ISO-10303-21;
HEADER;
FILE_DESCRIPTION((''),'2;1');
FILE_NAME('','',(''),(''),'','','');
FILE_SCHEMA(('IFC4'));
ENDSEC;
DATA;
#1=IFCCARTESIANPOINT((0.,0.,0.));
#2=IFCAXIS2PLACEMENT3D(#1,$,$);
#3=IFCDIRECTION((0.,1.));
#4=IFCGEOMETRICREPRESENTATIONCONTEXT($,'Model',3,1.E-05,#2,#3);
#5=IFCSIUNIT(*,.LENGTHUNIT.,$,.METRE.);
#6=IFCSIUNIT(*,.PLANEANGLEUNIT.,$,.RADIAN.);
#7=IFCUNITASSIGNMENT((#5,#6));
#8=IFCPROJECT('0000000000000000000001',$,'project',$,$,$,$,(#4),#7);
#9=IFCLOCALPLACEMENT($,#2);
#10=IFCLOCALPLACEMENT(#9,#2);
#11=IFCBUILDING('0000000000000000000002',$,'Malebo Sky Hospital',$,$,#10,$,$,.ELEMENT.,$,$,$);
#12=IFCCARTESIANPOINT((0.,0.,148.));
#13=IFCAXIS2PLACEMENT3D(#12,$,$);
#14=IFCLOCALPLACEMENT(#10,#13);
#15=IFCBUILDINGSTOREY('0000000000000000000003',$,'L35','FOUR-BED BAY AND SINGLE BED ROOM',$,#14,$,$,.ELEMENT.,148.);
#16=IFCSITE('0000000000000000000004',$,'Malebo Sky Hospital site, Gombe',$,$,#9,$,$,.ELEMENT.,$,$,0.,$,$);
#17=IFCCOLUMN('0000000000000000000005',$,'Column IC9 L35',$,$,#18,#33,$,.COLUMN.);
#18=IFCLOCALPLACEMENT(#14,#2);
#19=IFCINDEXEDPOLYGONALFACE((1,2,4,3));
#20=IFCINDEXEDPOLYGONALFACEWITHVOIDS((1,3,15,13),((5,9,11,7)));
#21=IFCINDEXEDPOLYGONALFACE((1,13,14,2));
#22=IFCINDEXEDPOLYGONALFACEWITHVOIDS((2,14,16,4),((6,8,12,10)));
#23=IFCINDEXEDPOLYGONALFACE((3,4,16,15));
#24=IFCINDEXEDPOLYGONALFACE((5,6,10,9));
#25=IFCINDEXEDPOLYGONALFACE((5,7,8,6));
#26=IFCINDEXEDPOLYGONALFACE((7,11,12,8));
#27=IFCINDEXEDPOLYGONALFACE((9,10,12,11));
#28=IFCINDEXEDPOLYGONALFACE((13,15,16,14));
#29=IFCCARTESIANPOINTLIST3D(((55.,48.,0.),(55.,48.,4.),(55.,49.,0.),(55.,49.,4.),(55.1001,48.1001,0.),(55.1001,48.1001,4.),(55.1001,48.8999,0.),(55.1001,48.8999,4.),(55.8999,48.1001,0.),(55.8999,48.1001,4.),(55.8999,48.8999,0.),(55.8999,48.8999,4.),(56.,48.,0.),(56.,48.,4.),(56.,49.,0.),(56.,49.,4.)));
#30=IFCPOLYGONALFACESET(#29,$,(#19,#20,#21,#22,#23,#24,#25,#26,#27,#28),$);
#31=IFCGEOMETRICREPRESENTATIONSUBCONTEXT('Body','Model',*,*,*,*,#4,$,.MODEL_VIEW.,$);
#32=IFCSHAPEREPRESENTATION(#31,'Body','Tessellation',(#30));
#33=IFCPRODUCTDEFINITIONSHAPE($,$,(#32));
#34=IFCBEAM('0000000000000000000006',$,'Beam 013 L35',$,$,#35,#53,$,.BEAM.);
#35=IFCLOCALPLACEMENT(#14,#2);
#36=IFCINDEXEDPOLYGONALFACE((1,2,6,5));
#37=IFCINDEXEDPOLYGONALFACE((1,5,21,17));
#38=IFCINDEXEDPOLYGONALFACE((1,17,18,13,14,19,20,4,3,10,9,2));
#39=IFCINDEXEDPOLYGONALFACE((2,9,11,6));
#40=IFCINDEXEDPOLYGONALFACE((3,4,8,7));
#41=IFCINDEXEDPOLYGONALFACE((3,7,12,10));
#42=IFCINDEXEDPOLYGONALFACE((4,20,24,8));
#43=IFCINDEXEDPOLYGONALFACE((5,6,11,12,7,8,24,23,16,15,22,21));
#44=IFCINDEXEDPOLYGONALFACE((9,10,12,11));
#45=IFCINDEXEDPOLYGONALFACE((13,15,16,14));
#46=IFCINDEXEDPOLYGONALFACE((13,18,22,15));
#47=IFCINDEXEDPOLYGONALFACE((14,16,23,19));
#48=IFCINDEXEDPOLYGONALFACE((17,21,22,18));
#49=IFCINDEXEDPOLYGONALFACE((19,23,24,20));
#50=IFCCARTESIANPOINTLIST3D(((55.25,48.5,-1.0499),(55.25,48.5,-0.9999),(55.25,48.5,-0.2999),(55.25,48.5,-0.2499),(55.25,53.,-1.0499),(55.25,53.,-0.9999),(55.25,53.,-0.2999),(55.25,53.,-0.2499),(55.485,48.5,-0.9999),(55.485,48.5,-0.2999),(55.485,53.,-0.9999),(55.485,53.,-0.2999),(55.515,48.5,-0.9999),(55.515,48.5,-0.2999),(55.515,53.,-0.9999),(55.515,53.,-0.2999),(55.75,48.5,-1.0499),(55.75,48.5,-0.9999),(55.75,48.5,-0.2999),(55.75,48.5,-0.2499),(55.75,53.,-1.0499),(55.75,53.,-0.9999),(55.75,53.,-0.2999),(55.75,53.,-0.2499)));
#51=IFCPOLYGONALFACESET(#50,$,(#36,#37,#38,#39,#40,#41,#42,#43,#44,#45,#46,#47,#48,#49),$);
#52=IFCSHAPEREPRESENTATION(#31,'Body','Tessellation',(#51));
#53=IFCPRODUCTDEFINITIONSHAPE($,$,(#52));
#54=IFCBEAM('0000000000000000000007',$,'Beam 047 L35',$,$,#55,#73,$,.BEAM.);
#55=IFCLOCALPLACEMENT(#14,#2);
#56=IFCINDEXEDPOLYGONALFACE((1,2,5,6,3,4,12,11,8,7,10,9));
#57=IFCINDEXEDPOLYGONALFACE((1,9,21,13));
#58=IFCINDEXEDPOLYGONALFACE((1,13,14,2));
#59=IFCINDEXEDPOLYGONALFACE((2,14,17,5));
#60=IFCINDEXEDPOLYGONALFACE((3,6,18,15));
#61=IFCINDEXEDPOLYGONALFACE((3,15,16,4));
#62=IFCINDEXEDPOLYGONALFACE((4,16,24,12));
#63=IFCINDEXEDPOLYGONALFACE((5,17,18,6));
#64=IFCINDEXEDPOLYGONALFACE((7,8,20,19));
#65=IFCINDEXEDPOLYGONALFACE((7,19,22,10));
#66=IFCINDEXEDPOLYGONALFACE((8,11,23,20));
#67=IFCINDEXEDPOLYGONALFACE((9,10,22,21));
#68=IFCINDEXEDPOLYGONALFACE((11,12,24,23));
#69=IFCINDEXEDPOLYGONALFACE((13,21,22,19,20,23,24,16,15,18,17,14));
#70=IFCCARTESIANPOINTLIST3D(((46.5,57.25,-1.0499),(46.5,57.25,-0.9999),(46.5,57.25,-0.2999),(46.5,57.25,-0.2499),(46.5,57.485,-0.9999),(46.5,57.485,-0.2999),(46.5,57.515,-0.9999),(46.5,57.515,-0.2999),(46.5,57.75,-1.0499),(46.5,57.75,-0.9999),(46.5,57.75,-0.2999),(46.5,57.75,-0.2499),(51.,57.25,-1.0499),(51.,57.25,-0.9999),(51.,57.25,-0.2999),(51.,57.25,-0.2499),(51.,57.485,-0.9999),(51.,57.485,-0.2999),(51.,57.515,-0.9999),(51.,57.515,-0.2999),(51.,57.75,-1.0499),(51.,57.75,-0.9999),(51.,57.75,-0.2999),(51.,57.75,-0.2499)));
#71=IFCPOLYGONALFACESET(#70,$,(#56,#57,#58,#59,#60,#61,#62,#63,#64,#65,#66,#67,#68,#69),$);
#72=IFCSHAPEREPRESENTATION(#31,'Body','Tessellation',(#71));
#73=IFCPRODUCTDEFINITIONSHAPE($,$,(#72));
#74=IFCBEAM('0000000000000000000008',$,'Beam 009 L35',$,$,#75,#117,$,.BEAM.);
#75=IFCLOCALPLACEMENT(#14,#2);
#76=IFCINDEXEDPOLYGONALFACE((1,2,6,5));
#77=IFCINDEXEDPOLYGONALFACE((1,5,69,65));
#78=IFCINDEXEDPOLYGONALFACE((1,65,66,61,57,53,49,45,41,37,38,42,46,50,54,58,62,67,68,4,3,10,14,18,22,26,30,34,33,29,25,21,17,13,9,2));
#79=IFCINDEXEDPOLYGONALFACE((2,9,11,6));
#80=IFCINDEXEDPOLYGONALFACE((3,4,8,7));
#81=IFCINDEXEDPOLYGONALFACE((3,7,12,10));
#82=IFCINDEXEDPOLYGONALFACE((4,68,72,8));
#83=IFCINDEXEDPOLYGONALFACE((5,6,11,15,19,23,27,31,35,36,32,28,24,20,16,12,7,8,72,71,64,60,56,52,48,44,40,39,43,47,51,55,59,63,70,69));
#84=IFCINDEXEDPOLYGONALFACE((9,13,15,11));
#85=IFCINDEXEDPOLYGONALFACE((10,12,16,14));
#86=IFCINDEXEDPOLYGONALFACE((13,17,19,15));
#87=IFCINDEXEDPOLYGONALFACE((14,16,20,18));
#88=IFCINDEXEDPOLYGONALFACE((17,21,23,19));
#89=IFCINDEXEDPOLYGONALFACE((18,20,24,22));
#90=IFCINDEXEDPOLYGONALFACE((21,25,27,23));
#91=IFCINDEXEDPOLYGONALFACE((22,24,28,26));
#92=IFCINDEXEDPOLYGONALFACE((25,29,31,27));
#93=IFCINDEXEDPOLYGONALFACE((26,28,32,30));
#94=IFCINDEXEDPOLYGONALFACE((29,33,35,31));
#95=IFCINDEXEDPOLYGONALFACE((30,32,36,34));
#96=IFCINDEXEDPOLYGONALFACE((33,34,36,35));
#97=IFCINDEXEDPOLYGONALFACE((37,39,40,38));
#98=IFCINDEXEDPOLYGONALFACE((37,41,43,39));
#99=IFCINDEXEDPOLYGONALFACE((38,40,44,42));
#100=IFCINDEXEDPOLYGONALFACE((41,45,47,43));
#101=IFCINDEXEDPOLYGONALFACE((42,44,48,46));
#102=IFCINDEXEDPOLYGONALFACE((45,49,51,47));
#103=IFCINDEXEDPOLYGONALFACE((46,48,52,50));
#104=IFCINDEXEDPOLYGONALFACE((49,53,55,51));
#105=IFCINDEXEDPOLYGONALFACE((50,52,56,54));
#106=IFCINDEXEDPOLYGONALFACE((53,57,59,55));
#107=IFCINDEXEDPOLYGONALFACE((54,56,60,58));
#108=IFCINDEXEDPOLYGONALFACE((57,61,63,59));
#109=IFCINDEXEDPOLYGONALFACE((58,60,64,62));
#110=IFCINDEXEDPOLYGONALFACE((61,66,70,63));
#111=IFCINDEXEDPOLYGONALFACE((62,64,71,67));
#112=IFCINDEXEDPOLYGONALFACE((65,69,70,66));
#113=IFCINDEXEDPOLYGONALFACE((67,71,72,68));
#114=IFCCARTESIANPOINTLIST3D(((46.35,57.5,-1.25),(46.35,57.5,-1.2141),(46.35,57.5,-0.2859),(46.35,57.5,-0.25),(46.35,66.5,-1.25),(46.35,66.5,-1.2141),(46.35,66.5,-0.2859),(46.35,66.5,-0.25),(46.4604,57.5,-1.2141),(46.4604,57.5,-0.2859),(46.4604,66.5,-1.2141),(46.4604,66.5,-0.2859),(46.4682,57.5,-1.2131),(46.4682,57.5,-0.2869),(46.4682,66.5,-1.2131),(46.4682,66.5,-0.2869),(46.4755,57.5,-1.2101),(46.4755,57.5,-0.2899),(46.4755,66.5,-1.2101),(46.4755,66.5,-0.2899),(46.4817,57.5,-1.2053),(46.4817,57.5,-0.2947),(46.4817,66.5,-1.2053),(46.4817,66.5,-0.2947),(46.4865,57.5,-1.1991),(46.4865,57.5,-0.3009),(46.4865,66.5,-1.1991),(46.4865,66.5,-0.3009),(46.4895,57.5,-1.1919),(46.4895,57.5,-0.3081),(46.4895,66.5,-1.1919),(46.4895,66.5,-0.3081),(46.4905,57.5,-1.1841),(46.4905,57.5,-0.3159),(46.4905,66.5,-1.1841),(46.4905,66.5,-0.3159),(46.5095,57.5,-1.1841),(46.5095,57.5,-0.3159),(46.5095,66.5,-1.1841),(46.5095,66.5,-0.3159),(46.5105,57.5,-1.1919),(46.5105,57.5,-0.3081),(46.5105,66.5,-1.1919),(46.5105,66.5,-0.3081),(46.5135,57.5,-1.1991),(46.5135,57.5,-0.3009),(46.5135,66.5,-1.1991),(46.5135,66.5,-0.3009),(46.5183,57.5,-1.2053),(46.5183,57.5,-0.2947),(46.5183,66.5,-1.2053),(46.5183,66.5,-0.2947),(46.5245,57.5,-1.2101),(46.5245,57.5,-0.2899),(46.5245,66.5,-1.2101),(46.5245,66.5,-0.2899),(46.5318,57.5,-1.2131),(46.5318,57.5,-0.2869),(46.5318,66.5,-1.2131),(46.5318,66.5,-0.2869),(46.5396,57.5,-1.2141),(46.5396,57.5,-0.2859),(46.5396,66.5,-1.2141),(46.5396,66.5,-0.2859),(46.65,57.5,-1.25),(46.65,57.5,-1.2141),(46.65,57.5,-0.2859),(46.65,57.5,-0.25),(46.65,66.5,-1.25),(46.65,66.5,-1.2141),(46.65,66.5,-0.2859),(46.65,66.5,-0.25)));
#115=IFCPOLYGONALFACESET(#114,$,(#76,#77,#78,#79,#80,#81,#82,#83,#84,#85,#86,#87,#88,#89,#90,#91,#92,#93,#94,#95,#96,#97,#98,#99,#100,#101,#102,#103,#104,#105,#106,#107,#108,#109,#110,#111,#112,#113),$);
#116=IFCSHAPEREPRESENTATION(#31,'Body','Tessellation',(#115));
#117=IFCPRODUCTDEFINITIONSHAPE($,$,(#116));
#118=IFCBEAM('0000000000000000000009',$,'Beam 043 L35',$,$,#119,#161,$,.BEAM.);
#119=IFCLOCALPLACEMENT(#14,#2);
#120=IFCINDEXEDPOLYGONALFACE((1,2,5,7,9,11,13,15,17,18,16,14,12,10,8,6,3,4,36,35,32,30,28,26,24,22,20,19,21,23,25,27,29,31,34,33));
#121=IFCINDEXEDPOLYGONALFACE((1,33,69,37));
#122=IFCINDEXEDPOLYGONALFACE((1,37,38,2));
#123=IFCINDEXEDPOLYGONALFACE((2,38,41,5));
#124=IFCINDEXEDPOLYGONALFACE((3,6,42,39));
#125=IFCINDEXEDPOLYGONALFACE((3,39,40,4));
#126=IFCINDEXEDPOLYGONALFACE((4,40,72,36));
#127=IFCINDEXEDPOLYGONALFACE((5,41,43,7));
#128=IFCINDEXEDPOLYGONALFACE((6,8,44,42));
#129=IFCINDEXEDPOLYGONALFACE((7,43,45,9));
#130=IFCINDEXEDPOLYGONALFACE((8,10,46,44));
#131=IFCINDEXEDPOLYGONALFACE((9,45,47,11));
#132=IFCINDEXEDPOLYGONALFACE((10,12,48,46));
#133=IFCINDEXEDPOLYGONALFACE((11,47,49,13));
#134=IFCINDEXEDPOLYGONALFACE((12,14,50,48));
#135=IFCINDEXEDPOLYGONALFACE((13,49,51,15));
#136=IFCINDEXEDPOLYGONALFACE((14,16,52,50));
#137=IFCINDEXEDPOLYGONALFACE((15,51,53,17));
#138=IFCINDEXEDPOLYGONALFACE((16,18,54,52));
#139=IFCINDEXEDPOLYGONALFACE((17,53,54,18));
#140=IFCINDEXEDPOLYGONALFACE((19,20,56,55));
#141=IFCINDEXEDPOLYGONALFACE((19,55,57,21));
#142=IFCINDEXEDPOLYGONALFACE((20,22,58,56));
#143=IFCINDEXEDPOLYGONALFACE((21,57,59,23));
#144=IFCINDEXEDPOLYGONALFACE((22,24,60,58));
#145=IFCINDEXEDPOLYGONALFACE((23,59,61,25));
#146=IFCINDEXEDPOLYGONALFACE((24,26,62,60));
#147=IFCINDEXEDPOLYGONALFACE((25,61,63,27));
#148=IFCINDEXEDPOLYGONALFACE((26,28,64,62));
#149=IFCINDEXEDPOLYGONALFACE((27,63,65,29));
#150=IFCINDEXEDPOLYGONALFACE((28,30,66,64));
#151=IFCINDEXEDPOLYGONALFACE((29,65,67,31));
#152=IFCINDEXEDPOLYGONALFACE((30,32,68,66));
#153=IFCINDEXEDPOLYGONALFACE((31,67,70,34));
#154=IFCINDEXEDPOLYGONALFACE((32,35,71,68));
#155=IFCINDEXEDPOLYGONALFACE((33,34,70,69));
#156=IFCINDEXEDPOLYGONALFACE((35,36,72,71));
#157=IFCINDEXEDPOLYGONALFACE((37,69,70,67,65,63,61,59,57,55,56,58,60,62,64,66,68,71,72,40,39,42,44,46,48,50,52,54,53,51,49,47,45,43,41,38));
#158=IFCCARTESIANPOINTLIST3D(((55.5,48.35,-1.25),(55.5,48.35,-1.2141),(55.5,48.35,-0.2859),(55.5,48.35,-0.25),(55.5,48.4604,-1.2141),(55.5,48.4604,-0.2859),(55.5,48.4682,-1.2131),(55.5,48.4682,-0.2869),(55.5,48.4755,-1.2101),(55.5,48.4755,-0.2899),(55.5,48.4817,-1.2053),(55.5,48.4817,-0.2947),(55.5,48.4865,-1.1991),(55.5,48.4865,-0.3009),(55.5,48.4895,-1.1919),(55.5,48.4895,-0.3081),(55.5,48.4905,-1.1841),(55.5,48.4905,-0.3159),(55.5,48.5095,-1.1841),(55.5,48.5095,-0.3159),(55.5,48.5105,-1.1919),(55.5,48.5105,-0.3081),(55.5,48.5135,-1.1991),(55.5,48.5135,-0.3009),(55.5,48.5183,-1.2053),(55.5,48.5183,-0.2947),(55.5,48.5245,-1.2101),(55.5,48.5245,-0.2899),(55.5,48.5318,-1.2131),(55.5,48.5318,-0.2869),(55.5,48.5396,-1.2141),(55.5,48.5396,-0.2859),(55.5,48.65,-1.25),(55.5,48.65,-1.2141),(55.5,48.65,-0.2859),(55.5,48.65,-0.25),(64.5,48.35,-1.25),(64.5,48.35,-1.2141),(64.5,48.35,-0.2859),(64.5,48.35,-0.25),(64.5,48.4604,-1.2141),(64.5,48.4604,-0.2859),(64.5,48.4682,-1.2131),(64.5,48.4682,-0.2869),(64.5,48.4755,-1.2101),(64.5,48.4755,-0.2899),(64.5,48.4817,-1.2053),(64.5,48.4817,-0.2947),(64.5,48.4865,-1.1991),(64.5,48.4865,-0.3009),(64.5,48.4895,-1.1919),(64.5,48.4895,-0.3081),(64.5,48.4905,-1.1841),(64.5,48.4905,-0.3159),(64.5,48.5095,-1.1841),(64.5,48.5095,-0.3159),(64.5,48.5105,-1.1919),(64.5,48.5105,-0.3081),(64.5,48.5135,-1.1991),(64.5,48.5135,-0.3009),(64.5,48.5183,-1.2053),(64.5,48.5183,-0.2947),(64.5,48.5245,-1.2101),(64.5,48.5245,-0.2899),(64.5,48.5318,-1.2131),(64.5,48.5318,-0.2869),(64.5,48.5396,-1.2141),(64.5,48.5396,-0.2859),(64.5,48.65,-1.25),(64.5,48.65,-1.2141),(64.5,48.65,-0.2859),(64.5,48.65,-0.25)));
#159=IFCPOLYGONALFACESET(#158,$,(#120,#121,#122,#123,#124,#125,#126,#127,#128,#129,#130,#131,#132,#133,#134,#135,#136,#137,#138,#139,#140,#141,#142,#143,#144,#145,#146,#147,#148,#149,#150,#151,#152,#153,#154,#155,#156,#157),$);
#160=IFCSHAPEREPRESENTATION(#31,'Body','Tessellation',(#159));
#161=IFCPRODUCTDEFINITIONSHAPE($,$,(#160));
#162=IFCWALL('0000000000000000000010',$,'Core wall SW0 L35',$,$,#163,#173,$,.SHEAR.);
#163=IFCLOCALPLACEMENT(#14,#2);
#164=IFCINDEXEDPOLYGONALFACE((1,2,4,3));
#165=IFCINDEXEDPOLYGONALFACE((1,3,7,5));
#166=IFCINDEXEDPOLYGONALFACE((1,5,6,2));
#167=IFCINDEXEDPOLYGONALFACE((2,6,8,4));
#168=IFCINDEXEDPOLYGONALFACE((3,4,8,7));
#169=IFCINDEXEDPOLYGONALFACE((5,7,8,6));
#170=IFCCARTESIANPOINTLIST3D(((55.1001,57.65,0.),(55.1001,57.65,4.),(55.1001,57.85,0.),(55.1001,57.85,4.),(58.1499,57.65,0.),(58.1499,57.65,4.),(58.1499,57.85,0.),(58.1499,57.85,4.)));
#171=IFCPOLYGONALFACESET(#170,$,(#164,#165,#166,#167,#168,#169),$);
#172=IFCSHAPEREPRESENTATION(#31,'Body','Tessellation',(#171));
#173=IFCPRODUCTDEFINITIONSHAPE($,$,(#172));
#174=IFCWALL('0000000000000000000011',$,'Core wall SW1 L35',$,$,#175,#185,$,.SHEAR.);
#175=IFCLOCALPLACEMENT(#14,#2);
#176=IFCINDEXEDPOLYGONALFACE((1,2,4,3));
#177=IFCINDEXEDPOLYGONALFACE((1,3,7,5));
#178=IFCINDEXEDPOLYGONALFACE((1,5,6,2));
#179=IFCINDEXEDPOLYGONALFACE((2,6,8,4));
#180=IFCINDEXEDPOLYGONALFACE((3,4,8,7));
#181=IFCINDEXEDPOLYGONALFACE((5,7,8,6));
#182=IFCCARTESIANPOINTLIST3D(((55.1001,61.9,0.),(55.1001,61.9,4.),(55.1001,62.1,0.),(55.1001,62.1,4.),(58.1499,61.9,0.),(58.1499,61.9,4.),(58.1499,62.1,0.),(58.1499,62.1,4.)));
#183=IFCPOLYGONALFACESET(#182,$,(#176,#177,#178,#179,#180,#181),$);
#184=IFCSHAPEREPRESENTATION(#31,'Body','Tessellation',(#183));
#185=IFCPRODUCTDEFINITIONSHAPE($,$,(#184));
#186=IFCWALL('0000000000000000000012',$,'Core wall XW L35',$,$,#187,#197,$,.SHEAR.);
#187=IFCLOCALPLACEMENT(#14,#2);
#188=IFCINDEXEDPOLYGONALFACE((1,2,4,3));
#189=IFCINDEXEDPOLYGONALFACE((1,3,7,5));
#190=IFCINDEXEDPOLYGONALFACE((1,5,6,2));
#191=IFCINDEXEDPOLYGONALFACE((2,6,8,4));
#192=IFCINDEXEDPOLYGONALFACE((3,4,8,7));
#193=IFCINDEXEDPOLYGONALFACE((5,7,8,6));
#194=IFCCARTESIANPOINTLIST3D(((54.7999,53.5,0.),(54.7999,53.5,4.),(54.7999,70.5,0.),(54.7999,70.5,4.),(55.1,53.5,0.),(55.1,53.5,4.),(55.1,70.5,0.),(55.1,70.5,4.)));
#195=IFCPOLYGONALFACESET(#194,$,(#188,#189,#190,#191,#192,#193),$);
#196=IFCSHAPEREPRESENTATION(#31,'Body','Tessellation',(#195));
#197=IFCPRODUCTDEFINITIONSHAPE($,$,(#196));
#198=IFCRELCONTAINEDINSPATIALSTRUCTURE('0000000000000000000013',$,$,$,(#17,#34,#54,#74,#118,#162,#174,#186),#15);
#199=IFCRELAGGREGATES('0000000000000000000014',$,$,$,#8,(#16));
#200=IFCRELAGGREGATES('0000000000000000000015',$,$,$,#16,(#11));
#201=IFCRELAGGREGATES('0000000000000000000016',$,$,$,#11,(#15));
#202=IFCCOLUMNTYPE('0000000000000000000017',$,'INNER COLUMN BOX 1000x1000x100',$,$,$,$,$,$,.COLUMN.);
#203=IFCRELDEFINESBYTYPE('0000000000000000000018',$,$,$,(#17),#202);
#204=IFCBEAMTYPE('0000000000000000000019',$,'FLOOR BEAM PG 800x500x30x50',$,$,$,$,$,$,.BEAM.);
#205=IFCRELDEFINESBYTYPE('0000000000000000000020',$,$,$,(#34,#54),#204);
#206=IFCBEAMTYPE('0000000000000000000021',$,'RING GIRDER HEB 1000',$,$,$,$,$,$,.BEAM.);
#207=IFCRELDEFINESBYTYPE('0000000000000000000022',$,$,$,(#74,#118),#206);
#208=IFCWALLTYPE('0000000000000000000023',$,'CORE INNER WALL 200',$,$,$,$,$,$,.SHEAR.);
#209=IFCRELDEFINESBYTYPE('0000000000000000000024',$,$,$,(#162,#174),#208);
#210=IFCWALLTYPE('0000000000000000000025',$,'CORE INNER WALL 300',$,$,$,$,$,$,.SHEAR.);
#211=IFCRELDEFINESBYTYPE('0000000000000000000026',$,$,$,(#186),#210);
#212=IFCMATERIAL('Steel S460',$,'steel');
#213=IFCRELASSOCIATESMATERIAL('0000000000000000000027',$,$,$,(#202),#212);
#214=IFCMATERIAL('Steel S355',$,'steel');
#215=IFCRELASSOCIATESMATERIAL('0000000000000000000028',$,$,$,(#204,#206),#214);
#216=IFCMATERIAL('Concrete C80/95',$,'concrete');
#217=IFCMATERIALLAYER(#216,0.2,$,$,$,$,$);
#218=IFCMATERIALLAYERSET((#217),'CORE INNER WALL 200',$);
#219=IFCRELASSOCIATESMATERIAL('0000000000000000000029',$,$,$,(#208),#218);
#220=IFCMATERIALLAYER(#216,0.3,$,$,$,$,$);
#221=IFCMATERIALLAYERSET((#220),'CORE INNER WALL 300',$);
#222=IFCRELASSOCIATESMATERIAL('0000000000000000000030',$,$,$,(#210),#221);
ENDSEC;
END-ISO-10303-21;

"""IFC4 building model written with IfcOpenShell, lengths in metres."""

from ifc_helpers import new_model, si_unit, direction, frame, frame_2d, origin, origin_2d, place, context, subcontext, project, spatial, rectangle, hollow_rectangle, i_section, extrude, material, layer, layer_set, material_profile, profile_set, type_object, element, save


model = new_model("IFC4")

# Units and contexts
model_context = context("Model", 3, precision=1e-05, world=origin(), true_north=direction((0.0, 1.0)))
body_context = subcontext(model_context, "Body", "Model", "MODEL_VIEW")
ifc_project = project(units=[si_unit("LENGTHUNIT", "METRE"), si_unit("PLANEANGLEUNIT", "RADIAN")], contexts=[model_context])

# Site, building, storey
site_placement = place(None, origin())
site = spatial("IfcSite", under=ifc_project, at=site_placement, Name="Malebo Sky Hospital site, Gombe", CompositionType="ELEMENT", RefElevation=0.0)
building_placement = place(site_placement, origin())
building = spatial("IfcBuilding", under=site, at=building_placement, Name="Malebo Sky Hospital", CompositionType="ELEMENT")
storey_placement = place(building_placement, frame((0.0, 0.0, 148.0)))
storey = spatial("IfcBuildingStorey", under=building, at=storey_placement, Name="L35", Description="FOUR-BED BAY AND SINGLE BED ROOM", CompositionType="ELEMENT", Elevation=148.0)

# Column
ifc_material_1 = material(Name="Steel S460", Category="steel")
ifc_material_profile_1 = material_profile(ifc_material_1, hollow_rectangle(XDim=1.0, YDim=1.0, WallThickness=0.1001, at=origin_2d()), Name="BOX 1000x1000x100")
ifc_profile_set_1 = profile_set([ifc_material_profile_1], Name="Steel S460")
column_type = type_object("IfcColumnType", Name="INNER COLUMN BOX 1000x1000x100", PredefinedType="COLUMN", material=ifc_profile_set_1)
column_placement = place(storey_placement, frame((55.5, 48.5, 0.0), z_axis=(0.0, 0.0, 1.0), x_axis=(1.0, 0.0, 0.0)))
element("IfcColumn", 1, at=column_placement, inside=storey, type_object=column_type, Name="Column IC9 L35", PredefinedType="COLUMN", context=body_context, shape_type="SweptSolid", body=[
    extrude(hollow_rectangle(XDim=1.0, YDim=1.0, WallThickness=0.1001, at=origin_2d()), origin(), (0.0, 0.0, 1.0), 4.0),
])

# Beams
ifc_material_2 = material(Name="Steel S355", Category="steel")
ifc_material_profile_2 = material_profile(ifc_material_2, i_section(OverallWidth=0.5, OverallDepth=0.8, WebThickness=0.03, FlangeThickness=0.05, at=origin_2d()), Name="PG 800x500x30x50")
ifc_profile_set_2 = profile_set([ifc_material_profile_2], Name="Steel S355")
beam_type_1 = type_object("IfcBeamType", Name="FLOOR BEAM PG 800x500x30x50", PredefinedType="BEAM", material=ifc_profile_set_2)
for number, where, z_axis, x_axis, name in (
    (2, (55.5, 48.5, -0.6499), (0.0, 1.0, 0.0), (-1.0, 0.0, 0.0), "Beam 013 L35"),
    (3, (46.5, 57.5, -0.6499), (1.0, 0.0, 0.0), (0.0, 1.0, 0.0), "Beam 047 L35"),
):
    element("IfcBeam", number, at=place(storey_placement, frame(where, z_axis=z_axis, x_axis=x_axis)), inside=storey, type_object=beam_type_1, Name=name, PredefinedType="BEAM", context=body_context, shape_type="SweptSolid", body=[
        extrude(i_section(OverallWidth=0.5, OverallDepth=0.8, WebThickness=0.03, FlangeThickness=0.05, at=origin_2d()), origin(), (0.0, 0.0, 1.0), 4.5),
    ])
ifc_material_profile_3 = material_profile(ifc_material_2, i_section(OverallWidth=0.3, OverallDepth=1.0, WebThickness=0.019, FlangeThickness=0.0359, FilletRadius=0.03, at=origin_2d()), Name="HEB 1000")
ifc_profile_set_3 = profile_set([ifc_material_profile_3], Name="Steel S355")
beam_type_2 = type_object("IfcBeamType", Name="RING GIRDER HEB 1000", PredefinedType="BEAM", material=ifc_profile_set_3)
for number, where, z_axis, x_axis, name in (
    (4, (46.5, 57.5, -0.75), (0.0, 1.0, 0.0), (-1.0, 0.0, 0.0), "Beam 009 L35"),
    (5, (55.5, 48.5, -0.75), (1.0, 0.0, 0.0), (0.0, 1.0, 0.0), "Beam 043 L35"),
):
    element("IfcBeam", number, at=place(storey_placement, frame(where, z_axis=z_axis, x_axis=x_axis)), inside=storey, type_object=beam_type_2, Name=name, PredefinedType="BEAM", context=body_context, shape_type="SweptSolid", body=[
        extrude(i_section(OverallWidth=0.3, OverallDepth=1.0, WebThickness=0.019, FlangeThickness=0.0359, FilletRadius=0.03, at=origin_2d()), origin(), (0.0, 0.0, 1.0), 9.0),
    ])

# Walls
ifc_material_3 = material(Name="Concrete C80/95", Category="concrete")
ifc_layer_1 = layer(ifc_material_3, 0.2)
ifc_layer_set_1 = layer_set([ifc_layer_1], Name="CORE INNER WALL 200")
wall_type_1 = type_object("IfcWallType", Name="CORE INNER WALL 200", PredefinedType="SHEAR", material=ifc_layer_set_1)
for number, where, z_axis, x_axis, name in (
    (6, (55.1001, 57.75, 0.0), (0.0, 0.0, 1.0), (1.0, 0.0, 0.0), "Core wall SW0 L35"),
    (7, (55.1001, 62.0, 0.0), (0.0, 0.0, 1.0), (1.0, 0.0, 0.0), "Core wall SW1 L35"),
):
    element("IfcWall", number, at=place(storey_placement, frame(where, z_axis=z_axis, x_axis=x_axis)), inside=storey, type_object=wall_type_1, Name=name, PredefinedType="SHEAR", context=body_context, shape_type="SweptSolid", body=[
        extrude(rectangle(XDim=3.0498, YDim=0.2, at=frame_2d((1.5249, 0.0))), origin(), (0.0, 0.0, 1.0), 4.0),
    ])
ifc_layer_2 = layer(ifc_material_3, 0.3)
ifc_layer_set_2 = layer_set([ifc_layer_2], Name="CORE INNER WALL 300")
wall_type_2 = type_object("IfcWallType", Name="CORE INNER WALL 300", PredefinedType="SHEAR", material=ifc_layer_set_2)
wall_1_placement = place(storey_placement, frame((54.95, 53.5, 0.0), z_axis=(0.0, 0.0, 1.0), x_axis=(0.0, 1.0, 0.0)))
element("IfcWall", 8, at=wall_1_placement, inside=storey, type_object=wall_type_2, Name="Core wall XW L35", PredefinedType="SHEAR", context=body_context, shape_type="SweptSolid", body=[
    extrude(rectangle(XDim=17.0, YDim=0.3, at=frame_2d((8.5, 0.0))), origin(), (0.0, 0.0, 1.0), 4.0),
])

save(model, "model.ifc")
